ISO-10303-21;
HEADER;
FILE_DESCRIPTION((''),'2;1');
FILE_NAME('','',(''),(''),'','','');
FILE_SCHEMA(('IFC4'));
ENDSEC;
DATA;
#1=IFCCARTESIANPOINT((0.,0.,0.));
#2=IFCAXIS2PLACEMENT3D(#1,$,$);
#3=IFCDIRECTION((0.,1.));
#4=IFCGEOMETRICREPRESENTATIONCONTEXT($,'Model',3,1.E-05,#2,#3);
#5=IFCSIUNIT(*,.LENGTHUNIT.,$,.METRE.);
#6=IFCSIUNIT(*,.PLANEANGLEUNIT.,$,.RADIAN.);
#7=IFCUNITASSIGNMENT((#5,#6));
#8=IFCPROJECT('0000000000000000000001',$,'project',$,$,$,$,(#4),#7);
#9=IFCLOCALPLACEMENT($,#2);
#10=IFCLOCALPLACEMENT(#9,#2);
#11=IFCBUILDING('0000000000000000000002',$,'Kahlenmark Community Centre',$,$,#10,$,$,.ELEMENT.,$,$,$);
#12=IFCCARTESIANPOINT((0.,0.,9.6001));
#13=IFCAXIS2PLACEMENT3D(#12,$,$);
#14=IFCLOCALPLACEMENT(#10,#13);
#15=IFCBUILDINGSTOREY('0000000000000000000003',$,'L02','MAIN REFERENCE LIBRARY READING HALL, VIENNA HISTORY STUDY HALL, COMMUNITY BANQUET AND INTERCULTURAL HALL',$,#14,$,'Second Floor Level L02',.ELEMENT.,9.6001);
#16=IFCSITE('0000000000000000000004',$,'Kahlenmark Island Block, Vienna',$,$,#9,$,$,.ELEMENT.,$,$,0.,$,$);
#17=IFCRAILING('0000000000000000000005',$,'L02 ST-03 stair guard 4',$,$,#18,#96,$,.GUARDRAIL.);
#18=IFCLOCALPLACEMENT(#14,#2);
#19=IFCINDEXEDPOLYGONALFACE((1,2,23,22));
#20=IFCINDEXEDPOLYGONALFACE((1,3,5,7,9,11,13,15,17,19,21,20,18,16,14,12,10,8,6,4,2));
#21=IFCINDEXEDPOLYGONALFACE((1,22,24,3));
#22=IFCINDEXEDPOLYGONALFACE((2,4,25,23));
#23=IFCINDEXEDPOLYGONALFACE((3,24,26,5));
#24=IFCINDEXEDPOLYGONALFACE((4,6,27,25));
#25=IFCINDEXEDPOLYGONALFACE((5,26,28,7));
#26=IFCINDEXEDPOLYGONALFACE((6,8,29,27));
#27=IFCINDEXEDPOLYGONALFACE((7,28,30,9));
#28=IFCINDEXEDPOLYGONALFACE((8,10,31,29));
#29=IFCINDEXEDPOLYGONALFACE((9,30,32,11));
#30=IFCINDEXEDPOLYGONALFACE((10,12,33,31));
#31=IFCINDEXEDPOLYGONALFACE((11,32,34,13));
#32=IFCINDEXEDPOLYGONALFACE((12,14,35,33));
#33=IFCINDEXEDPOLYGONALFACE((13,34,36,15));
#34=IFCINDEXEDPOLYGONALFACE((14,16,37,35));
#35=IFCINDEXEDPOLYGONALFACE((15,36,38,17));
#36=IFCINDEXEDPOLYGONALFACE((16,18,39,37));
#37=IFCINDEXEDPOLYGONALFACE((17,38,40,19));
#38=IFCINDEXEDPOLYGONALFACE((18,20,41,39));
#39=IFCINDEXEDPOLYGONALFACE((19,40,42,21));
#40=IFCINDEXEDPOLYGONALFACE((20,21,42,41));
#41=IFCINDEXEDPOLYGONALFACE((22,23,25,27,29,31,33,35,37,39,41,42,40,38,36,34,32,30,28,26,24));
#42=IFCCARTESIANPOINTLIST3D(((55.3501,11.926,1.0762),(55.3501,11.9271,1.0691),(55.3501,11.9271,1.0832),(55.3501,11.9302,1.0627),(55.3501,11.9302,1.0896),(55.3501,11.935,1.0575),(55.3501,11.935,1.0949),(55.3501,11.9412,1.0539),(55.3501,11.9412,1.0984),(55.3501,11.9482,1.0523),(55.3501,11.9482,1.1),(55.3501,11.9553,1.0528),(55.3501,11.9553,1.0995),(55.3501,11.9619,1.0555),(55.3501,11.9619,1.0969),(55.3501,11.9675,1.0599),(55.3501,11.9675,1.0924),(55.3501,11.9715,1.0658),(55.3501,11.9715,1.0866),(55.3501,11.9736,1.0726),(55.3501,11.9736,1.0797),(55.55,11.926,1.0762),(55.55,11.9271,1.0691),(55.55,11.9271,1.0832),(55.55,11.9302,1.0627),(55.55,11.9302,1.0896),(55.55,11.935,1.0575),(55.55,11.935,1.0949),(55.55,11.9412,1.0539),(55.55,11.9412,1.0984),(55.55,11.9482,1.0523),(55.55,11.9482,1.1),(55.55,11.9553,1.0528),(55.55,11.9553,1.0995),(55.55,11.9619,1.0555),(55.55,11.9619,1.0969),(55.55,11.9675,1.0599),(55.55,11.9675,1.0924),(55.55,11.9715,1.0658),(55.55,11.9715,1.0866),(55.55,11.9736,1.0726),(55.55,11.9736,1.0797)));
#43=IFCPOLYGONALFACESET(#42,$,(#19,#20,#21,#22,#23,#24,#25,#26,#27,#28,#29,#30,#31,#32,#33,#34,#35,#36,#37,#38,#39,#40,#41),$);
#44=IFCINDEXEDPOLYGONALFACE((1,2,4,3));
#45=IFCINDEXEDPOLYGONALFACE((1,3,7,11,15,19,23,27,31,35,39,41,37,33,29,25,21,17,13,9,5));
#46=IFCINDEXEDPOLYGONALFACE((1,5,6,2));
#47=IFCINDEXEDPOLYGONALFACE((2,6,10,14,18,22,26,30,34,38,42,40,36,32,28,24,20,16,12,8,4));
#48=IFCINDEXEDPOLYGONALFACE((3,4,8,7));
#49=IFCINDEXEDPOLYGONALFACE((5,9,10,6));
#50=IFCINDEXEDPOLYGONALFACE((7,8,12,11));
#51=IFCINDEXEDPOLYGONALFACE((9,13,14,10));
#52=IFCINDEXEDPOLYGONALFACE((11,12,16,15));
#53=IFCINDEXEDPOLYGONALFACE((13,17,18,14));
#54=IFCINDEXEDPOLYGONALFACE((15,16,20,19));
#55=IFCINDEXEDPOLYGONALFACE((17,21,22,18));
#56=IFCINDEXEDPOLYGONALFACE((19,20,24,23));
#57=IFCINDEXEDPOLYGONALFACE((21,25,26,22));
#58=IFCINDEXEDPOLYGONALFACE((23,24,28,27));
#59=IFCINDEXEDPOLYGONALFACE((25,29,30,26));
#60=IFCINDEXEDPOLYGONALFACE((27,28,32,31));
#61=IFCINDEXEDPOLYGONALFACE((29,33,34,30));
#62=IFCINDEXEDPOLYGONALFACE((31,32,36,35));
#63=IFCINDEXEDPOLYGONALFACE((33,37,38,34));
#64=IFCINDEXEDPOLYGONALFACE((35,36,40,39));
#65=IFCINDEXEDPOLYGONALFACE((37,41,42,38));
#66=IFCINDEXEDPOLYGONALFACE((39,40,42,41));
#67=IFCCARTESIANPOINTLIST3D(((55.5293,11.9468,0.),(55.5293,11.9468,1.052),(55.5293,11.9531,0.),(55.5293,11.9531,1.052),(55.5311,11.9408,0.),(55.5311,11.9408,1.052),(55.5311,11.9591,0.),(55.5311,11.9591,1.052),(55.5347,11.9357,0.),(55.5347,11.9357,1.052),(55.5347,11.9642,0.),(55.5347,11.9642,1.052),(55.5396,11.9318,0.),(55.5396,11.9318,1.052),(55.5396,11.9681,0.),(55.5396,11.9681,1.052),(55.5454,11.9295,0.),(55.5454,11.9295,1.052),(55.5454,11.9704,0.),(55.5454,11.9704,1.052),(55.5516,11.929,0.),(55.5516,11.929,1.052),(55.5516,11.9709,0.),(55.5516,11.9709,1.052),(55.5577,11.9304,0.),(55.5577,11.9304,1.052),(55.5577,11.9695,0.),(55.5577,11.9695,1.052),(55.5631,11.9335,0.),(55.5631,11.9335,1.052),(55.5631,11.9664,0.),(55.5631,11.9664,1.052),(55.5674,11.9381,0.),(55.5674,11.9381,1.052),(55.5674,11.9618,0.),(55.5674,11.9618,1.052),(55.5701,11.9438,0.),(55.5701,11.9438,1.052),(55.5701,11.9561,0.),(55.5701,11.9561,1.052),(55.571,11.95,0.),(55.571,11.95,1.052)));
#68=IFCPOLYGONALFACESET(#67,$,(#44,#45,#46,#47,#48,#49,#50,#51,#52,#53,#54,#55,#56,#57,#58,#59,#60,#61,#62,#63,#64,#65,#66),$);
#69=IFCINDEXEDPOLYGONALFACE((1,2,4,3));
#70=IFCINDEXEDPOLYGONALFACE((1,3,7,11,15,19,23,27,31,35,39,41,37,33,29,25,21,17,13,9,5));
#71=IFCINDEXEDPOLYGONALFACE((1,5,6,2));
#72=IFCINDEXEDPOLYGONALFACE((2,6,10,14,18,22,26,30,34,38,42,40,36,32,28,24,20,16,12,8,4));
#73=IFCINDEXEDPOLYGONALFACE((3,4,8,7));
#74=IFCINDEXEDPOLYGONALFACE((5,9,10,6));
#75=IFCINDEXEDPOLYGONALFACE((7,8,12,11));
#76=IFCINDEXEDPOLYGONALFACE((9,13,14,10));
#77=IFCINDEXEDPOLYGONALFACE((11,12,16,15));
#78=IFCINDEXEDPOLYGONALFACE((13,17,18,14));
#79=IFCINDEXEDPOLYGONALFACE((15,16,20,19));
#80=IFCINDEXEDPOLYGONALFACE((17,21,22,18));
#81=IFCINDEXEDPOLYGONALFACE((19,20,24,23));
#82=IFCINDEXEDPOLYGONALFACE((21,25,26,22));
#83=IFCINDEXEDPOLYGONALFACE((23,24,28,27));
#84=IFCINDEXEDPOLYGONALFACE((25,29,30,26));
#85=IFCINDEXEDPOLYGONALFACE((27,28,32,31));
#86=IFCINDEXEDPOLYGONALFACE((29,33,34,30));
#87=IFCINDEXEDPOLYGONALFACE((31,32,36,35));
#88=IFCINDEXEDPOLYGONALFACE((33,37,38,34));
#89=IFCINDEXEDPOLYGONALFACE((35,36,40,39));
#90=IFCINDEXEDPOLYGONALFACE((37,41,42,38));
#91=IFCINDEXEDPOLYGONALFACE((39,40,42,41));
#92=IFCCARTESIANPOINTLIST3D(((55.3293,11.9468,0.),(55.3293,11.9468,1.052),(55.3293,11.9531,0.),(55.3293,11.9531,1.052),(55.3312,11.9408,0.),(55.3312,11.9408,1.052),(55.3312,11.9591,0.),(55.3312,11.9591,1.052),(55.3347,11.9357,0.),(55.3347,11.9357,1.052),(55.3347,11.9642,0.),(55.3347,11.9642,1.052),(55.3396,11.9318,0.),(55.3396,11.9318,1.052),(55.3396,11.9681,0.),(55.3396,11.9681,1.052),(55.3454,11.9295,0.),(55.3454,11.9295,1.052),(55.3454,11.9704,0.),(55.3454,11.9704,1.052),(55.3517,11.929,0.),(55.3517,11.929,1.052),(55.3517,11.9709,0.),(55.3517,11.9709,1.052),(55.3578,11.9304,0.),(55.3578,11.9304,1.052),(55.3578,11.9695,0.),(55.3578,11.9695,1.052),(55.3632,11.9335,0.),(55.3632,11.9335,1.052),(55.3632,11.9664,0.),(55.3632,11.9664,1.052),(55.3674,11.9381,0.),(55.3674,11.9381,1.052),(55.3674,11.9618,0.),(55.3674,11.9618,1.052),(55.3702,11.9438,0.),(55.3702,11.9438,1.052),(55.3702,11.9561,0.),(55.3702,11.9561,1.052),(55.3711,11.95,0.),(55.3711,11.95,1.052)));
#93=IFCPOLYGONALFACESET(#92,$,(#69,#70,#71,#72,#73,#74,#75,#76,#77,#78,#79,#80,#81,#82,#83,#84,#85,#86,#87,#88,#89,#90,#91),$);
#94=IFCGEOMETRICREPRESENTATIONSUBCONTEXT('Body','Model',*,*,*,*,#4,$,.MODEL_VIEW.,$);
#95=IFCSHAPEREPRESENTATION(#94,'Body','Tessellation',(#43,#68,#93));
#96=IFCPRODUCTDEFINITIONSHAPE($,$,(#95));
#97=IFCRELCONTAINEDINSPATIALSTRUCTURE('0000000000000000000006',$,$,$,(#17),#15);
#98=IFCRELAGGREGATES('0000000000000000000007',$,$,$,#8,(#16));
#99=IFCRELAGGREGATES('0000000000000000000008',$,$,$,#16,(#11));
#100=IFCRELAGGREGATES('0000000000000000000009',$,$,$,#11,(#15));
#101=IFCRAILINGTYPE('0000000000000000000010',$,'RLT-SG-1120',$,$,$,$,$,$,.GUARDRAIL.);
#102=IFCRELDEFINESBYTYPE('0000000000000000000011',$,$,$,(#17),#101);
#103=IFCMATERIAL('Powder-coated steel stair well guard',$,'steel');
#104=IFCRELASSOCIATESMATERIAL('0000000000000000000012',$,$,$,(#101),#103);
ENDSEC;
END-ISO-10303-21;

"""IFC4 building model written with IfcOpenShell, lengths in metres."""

from ifc_helpers import new_model, si_unit, direction, frame, origin, origin_2d, place, context, subcontext, project, spatial, circle, extrude, material, type_object, element, save


model = new_model("IFC4")

# Units and contexts
model_context = context("Model", 3, precision=1e-05, world=origin(), true_north=direction((0.0, 1.0)))
body_context = subcontext(model_context, "Body", "Model", "MODEL_VIEW")
ifc_project = project(units=[si_unit("LENGTHUNIT", "METRE"), si_unit("PLANEANGLEUNIT", "RADIAN")], contexts=[model_context])

# Site, building, storey
site_placement = place(None, origin())
site = spatial("IfcSite", under=ifc_project, at=site_placement, Name="Kahlenmark Island Block, Vienna", CompositionType="ELEMENT", RefElevation=0.0)
building_placement = place(site_placement, origin())
building = spatial("IfcBuilding", under=site, at=building_placement, Name="Kahlenmark Community Centre", CompositionType="ELEMENT")
storey_placement = place(building_placement, frame((0.0, 0.0, 9.6001)))
storey = spatial("IfcBuildingStorey", under=building, at=storey_placement, Name="L02", Description="MAIN REFERENCE LIBRARY READING HALL, VIENNA HISTORY STUDY HALL, COMMUNITY BANQUET AND INTERCULTURAL HALL", LongName="Second Floor Level L02", CompositionType="ELEMENT", Elevation=9.6001)

# Railing
ifc_material_1 = material(Name="Powder-coated steel stair well guard", Category="steel")
railing_type_1 = type_object("IfcRailingType", Name="RLT-SG-1120", PredefinedType="GUARDRAIL", material=ifc_material_1)
railing_1_placement = place(storey_placement, frame((55.55, 11.95, 0.0)))
element("IfcRailing", 1, at=railing_1_placement, inside=storey, type_object=railing_type_1, Name="L02 ST-03 stair guard 4", PredefinedType="GUARDRAIL", context=body_context, shape_type="SweptSolid", body=[
    extrude(circle(Radius=0.0239, at=origin_2d()), frame((0.0, 0.0, 1.0762), z_axis=(-1.0, 0.0, 0.0), x_axis=(0.0, -1.0, 0.0)), (0.0, 0.0, 1.0), 0.2),
    extrude(circle(Radius=0.021, at=origin_2d()), origin(), (0.0, 0.0, 1.0), 1.052),
    extrude(circle(Radius=0.021, at=origin_2d()), frame((-0.2, 0.0, 0.0)), (0.0, 0.0, 1.0), 1.052),
])

save(model, "model.ifc")
